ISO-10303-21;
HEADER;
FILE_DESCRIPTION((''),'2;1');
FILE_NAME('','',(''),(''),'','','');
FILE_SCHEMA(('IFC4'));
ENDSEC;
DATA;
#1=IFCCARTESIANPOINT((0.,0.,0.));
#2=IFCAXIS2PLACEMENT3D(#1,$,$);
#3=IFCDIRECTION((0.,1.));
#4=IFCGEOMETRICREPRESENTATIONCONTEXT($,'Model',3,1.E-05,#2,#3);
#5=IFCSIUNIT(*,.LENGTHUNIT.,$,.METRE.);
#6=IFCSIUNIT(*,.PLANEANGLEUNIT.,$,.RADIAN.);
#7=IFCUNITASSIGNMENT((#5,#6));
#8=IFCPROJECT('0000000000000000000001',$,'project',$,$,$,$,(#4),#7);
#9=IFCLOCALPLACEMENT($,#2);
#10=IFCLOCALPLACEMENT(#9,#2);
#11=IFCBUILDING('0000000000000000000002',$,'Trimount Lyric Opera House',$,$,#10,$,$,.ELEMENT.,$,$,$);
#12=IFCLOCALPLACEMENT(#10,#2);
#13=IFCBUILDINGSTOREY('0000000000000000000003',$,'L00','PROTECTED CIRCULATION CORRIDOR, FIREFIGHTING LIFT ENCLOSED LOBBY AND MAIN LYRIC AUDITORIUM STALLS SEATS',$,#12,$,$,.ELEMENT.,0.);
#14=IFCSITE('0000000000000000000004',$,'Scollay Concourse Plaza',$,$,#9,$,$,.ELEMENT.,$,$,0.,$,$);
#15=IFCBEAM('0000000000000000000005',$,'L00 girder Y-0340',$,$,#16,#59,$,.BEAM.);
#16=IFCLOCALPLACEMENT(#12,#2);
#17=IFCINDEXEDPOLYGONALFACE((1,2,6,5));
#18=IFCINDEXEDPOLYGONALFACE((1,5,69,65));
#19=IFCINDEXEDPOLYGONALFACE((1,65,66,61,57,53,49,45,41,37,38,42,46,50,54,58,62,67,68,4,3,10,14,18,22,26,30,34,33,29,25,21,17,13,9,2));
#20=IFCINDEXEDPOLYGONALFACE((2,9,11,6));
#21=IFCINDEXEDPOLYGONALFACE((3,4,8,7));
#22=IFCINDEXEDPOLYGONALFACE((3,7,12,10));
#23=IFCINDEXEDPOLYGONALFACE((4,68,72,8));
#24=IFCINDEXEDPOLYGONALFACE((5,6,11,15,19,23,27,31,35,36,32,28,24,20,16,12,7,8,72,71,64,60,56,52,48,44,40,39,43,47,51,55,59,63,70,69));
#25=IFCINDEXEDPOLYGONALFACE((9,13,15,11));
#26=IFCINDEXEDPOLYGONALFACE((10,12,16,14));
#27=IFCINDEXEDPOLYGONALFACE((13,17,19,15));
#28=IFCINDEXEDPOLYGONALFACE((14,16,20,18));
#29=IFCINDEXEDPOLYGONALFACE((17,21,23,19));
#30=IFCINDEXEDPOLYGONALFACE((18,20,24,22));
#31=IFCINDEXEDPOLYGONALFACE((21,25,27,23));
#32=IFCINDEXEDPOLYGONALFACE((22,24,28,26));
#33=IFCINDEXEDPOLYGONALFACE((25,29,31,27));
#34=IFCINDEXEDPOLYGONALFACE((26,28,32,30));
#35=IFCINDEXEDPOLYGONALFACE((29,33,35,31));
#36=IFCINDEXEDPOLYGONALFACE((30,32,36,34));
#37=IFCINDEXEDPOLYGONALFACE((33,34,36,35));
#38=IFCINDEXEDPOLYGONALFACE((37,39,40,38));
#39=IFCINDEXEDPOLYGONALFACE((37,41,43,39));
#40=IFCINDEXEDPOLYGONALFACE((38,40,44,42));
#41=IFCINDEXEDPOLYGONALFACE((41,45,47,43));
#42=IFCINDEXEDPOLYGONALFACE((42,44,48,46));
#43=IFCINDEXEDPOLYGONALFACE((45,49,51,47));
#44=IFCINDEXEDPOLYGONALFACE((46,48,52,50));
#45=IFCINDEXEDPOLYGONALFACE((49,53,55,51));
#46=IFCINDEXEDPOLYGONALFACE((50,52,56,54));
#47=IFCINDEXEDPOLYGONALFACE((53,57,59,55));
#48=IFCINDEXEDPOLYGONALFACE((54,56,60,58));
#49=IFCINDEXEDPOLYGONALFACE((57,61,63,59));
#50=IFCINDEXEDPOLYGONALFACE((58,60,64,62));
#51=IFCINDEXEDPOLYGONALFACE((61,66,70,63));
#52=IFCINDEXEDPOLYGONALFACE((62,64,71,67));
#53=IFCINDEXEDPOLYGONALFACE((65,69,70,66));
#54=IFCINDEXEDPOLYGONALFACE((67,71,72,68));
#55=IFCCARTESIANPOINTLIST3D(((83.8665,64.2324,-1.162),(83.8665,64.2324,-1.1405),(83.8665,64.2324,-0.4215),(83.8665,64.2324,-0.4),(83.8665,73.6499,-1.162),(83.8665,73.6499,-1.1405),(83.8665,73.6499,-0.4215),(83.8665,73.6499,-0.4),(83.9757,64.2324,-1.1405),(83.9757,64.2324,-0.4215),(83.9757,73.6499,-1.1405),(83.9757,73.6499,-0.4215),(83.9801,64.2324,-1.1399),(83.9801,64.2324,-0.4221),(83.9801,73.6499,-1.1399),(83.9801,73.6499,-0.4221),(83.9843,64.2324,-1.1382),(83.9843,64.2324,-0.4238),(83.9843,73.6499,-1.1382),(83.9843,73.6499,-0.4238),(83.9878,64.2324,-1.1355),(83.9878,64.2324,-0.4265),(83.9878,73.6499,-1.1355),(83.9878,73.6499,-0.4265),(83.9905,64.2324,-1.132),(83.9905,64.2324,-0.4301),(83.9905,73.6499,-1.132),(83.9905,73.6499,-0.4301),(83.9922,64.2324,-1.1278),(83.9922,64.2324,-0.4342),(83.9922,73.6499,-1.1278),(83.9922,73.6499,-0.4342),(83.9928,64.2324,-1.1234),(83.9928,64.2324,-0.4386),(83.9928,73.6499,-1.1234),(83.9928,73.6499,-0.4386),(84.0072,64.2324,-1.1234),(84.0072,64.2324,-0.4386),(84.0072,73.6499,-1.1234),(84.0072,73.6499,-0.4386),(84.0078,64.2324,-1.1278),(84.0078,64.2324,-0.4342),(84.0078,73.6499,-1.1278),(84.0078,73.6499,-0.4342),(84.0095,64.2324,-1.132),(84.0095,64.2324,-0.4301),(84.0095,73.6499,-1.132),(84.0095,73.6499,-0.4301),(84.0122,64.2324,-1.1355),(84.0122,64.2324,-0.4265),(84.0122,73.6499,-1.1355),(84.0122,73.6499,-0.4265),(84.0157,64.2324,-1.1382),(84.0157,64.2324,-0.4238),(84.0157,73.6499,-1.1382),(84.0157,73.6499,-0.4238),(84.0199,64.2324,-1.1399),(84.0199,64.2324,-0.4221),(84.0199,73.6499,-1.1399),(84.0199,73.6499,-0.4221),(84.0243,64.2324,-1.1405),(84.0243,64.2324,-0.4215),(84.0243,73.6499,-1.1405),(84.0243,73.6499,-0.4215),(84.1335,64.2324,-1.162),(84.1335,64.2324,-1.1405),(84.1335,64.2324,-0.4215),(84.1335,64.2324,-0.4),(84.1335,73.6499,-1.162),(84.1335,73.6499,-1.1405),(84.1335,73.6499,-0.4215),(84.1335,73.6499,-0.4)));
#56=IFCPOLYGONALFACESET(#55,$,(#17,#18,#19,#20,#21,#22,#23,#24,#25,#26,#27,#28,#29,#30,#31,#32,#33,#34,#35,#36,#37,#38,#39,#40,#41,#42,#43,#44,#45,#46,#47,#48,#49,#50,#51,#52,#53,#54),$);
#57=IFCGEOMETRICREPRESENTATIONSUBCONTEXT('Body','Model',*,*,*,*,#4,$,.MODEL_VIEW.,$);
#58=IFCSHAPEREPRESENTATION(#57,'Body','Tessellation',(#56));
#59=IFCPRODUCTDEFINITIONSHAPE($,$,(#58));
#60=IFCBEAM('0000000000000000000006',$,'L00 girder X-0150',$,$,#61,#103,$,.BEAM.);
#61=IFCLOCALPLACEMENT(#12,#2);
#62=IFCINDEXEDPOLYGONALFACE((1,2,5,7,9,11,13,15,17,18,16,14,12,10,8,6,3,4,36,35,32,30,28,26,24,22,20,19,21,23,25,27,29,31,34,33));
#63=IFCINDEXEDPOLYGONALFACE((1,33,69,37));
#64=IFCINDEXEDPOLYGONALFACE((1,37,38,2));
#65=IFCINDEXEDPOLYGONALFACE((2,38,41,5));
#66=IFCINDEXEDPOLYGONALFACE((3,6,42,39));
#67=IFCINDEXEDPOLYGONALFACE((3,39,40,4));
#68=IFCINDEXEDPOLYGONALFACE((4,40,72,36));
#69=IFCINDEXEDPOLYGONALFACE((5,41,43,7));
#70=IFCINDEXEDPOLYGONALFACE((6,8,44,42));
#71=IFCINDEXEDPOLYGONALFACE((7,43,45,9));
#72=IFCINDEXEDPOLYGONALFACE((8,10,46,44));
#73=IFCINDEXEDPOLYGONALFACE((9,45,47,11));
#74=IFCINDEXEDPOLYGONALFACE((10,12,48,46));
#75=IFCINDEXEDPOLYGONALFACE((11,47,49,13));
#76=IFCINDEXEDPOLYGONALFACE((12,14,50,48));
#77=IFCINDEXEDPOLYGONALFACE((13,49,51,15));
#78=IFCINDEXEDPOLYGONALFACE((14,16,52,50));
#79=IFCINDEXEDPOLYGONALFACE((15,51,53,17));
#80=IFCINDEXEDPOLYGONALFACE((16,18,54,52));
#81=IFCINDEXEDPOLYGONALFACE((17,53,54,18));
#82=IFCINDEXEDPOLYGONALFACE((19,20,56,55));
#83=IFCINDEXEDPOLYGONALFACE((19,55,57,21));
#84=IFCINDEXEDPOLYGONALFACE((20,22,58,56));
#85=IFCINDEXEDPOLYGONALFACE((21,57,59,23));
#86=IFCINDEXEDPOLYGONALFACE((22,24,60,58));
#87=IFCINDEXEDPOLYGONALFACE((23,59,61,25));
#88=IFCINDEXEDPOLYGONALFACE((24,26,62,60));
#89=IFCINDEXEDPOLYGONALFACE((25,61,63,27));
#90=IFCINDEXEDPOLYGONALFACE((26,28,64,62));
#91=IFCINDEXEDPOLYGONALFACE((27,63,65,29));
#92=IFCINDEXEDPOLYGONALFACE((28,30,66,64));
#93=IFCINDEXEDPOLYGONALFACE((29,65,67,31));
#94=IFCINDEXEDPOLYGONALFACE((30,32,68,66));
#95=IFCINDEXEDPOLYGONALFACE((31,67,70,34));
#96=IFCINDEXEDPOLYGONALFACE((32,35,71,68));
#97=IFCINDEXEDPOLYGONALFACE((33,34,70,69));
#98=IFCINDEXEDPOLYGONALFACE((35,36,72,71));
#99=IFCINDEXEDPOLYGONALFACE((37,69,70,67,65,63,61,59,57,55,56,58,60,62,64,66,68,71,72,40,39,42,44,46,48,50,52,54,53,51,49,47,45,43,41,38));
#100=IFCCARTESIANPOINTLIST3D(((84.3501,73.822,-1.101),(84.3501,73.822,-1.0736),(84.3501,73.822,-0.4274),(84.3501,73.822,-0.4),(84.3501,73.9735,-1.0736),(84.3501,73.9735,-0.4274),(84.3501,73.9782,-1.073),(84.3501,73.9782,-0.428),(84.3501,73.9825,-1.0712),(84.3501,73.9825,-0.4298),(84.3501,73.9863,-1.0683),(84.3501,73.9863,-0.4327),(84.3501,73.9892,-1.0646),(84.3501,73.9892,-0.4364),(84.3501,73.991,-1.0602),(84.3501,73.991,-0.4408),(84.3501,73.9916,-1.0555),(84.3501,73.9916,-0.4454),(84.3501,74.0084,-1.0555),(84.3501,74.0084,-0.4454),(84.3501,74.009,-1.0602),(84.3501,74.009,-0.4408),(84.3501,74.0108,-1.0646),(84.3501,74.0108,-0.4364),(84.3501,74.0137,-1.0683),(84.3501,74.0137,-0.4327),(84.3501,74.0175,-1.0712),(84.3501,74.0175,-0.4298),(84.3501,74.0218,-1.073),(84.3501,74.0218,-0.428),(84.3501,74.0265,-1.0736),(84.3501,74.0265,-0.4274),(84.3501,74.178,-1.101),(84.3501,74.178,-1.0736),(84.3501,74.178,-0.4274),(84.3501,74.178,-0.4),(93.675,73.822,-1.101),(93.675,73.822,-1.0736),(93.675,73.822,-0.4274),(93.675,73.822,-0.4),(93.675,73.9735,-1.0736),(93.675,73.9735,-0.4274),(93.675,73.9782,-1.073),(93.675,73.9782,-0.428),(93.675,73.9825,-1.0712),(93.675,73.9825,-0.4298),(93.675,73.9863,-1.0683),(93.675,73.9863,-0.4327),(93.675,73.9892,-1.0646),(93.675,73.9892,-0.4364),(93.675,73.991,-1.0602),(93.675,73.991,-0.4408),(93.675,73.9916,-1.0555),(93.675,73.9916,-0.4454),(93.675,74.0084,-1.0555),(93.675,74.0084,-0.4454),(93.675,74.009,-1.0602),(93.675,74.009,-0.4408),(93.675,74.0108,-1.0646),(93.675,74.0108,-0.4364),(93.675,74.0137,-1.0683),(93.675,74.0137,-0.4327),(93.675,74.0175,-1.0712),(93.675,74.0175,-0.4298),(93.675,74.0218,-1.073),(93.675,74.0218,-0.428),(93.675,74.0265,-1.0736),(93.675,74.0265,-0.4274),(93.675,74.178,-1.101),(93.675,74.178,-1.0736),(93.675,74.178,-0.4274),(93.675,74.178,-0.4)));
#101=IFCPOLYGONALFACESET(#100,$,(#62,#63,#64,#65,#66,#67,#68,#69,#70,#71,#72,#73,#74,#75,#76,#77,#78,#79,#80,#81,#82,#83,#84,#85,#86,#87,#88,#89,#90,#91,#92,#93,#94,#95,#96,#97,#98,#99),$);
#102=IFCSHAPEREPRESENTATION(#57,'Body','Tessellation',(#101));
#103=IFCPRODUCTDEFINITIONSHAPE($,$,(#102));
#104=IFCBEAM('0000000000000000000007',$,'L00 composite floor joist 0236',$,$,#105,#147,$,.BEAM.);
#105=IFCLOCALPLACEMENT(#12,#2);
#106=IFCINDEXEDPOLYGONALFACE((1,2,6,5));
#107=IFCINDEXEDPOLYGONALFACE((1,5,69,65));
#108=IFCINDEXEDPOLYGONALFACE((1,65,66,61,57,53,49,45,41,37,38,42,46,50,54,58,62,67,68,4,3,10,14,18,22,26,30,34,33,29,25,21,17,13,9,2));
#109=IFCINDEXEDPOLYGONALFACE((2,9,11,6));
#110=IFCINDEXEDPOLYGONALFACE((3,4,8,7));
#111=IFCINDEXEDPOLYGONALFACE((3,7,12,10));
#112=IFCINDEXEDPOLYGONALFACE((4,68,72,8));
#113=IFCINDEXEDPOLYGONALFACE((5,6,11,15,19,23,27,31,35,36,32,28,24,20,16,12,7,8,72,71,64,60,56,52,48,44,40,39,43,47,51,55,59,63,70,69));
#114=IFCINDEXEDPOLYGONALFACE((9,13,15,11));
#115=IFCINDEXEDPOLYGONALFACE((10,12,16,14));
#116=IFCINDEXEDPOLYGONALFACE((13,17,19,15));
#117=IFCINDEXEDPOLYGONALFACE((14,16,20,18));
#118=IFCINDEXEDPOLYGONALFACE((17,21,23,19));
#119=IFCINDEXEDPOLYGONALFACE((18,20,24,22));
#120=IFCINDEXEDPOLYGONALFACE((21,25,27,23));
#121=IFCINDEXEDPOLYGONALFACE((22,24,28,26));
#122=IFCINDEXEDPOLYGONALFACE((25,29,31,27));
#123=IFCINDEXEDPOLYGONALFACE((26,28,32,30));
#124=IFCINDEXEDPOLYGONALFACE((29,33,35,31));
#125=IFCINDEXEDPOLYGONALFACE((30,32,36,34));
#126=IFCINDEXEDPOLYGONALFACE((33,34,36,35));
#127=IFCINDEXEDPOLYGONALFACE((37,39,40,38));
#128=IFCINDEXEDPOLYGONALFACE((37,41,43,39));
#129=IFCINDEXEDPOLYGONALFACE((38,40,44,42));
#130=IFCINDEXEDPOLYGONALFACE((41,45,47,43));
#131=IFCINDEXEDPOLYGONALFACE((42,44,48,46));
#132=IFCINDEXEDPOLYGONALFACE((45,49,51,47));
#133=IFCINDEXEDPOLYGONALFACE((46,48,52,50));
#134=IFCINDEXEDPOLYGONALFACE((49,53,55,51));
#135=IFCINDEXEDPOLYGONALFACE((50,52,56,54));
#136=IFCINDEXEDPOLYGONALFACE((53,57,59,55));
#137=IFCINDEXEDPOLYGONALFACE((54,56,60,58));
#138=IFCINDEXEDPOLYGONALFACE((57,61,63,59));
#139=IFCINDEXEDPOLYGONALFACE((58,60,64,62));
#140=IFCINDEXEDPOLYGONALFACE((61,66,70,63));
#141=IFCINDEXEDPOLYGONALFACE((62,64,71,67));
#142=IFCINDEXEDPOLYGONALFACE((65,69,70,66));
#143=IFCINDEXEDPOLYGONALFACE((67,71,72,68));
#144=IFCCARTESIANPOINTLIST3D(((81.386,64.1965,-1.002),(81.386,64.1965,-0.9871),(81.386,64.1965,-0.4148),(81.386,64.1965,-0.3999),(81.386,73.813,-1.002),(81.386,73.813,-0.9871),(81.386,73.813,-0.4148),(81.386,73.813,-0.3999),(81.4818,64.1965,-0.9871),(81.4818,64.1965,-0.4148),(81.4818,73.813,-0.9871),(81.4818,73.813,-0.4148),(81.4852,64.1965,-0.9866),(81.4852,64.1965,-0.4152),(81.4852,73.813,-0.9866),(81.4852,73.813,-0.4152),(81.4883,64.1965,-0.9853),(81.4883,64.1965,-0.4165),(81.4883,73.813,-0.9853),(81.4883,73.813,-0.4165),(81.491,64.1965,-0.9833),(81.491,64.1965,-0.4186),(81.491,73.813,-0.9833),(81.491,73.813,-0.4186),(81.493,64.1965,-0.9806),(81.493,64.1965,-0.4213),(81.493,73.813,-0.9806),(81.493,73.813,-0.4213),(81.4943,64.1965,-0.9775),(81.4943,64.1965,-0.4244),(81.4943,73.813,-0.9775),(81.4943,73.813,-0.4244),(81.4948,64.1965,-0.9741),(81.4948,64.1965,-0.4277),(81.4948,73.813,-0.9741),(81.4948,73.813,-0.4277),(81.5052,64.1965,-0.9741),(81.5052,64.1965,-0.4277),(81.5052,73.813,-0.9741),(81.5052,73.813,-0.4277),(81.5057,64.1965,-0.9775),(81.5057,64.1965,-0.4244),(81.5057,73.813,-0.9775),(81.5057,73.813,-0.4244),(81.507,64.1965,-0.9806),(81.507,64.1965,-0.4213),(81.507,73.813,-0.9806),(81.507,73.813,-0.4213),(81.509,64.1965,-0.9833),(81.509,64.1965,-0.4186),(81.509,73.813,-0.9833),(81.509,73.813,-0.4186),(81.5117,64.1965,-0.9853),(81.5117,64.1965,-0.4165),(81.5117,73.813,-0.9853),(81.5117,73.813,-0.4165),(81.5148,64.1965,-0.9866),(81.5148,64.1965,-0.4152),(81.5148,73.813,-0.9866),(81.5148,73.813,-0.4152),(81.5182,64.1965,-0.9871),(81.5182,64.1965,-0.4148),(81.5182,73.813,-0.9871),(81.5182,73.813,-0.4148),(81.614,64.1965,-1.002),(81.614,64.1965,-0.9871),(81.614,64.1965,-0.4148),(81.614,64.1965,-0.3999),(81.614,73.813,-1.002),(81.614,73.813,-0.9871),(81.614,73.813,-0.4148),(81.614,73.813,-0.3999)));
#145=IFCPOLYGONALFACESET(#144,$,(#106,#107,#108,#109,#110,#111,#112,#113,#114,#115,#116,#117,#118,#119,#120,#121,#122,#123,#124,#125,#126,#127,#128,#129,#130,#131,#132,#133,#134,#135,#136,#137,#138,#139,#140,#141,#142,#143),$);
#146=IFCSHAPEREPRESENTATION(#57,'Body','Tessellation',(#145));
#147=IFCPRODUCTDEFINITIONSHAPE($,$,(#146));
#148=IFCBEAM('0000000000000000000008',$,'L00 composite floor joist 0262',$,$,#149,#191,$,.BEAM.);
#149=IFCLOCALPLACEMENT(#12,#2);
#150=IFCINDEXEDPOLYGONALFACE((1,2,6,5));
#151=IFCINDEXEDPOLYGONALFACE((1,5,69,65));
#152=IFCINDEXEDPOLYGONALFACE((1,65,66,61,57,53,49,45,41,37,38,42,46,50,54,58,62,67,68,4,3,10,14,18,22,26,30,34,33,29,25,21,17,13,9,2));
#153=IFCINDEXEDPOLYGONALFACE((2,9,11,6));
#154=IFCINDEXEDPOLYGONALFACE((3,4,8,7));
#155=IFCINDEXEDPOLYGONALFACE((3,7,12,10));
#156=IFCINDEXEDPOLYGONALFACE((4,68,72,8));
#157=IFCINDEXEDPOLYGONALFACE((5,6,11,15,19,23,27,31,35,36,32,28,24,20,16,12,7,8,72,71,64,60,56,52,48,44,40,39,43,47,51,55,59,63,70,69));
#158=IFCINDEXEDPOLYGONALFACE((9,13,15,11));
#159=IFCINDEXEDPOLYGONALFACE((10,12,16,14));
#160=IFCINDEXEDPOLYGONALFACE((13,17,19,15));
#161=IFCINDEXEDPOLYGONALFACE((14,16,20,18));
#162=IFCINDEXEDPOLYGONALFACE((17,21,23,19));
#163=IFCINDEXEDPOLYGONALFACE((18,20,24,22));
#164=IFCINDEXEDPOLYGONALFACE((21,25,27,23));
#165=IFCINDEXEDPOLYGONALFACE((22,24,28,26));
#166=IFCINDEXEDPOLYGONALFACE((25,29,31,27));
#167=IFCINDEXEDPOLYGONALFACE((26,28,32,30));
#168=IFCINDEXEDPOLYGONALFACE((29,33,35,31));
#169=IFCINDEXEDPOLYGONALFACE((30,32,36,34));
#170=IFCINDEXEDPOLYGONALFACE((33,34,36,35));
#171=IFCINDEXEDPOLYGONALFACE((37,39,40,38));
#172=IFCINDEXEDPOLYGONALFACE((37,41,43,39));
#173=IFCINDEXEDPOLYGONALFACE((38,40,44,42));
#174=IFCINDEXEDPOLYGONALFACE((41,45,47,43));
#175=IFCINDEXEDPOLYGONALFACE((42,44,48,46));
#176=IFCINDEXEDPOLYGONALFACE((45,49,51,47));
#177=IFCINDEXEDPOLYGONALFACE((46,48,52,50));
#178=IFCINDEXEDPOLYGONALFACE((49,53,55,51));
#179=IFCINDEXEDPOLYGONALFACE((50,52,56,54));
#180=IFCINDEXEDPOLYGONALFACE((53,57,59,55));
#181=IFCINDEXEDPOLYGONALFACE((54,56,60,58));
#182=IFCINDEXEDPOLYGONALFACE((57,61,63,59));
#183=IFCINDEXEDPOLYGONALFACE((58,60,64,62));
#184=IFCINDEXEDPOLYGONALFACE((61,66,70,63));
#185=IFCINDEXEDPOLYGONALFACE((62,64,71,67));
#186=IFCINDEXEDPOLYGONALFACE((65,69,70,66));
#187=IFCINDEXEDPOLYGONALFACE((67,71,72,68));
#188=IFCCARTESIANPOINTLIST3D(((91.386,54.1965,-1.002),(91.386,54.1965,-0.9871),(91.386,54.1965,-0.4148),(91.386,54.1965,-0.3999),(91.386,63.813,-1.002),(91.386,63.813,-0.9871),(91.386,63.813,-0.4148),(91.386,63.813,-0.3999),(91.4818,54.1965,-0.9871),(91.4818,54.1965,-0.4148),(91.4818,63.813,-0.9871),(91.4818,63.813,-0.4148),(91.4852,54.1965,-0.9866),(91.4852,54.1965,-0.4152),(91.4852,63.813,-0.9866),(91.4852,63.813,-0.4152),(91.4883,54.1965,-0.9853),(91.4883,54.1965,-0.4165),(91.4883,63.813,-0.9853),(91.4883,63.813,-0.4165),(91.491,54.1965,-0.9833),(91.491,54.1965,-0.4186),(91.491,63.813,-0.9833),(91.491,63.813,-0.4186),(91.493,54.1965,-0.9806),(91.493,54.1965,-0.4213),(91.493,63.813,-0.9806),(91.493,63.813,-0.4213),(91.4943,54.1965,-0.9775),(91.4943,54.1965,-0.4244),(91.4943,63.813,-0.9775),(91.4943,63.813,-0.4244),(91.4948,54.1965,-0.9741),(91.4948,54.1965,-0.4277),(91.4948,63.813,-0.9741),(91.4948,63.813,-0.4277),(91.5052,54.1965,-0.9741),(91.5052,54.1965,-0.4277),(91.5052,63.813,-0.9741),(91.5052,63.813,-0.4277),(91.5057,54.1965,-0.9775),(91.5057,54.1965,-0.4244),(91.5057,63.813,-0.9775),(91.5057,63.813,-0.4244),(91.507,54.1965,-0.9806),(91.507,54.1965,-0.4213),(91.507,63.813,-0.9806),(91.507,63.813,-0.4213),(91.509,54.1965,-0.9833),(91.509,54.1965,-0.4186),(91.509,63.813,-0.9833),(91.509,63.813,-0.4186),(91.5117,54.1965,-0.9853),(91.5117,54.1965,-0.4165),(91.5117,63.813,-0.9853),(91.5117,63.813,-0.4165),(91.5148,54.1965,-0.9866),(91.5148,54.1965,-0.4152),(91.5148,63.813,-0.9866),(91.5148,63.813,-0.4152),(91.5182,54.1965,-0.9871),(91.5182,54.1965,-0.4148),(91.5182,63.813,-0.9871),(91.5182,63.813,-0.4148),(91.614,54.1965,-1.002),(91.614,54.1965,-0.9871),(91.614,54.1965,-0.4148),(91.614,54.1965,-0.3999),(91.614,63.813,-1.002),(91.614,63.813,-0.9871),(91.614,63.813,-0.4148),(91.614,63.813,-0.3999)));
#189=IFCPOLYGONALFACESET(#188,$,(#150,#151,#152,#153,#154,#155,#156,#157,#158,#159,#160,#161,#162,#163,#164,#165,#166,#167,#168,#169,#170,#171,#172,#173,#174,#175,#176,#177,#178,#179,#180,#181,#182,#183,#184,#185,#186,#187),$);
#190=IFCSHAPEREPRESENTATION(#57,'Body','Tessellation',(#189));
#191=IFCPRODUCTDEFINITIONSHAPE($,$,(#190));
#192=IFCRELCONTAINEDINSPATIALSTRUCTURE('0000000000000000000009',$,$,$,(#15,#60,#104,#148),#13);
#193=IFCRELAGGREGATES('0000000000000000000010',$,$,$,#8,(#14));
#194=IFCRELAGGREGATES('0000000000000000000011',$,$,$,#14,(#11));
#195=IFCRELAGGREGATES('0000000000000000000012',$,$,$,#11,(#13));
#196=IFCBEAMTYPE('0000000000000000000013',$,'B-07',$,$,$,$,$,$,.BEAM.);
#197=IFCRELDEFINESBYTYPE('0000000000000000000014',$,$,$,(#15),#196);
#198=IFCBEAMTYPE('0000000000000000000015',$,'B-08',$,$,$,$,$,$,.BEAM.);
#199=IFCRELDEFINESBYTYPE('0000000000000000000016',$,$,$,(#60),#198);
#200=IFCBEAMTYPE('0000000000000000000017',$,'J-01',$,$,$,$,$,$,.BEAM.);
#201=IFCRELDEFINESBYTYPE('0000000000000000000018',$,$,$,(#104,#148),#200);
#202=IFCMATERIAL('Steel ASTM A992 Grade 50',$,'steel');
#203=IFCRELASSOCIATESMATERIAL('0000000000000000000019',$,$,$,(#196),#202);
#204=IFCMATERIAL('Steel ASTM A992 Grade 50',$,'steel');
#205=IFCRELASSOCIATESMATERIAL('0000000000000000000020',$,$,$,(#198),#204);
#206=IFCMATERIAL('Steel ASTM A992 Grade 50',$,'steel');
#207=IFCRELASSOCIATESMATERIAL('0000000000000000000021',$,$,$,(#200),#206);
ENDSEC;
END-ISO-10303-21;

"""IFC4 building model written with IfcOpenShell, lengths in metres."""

from ifc_helpers import new_model, si_unit, direction, frame, origin, origin_2d, place, context, subcontext, project, spatial, i_section, extrude, material, material_profile, profile_set, type_object, element, save


model = new_model("IFC4")

# Units and contexts
model_context = context("Model", 3, precision=1e-05, world=origin(), true_north=direction((0.0, 1.0)))
body_context = subcontext(model_context, "Body", "Model", "MODEL_VIEW")
ifc_project = project(units=[si_unit("LENGTHUNIT", "METRE"), si_unit("PLANEANGLEUNIT", "RADIAN")], contexts=[model_context])

# Site, building, storey
site_placement = place(None, origin())
site = spatial("IfcSite", under=ifc_project, at=site_placement, Name="Scollay Concourse Plaza", CompositionType="ELEMENT", RefElevation=0.0)
building_placement = place(site_placement, origin())
building = spatial("IfcBuilding", under=site, at=building_placement, Name="Trimount Lyric Opera House", CompositionType="ELEMENT")
storey_placement = place(building_placement, origin())
storey = spatial("IfcBuildingStorey", under=building, at=storey_placement, Name="L00", Description="PROTECTED CIRCULATION CORRIDOR, FIREFIGHTING LIFT ENCLOSED LOBBY AND MAIN LYRIC AUDITORIUM STALLS SEATS", CompositionType="ELEMENT", Elevation=0.0)

# Beams
ifc_material_1 = material(Name="Steel ASTM A992 Grade 50", Category="steel")
ifc_material_profile_1 = material_profile(ifc_material_1, i_section(OverallWidth=0.2671, OverallDepth=0.762, WebThickness=0.0144, FlangeThickness=0.0215, FilletRadius=0.0171, at=origin_2d()), Name="W30X116")
ifc_profile_set_1 = profile_set([ifc_material_profile_1], Name="Steel ASTM A992 Grade 50")
beam_type_1 = type_object("IfcBeamType", Name="B-07", PredefinedType="BEAM", material=ifc_profile_set_1)
beam_1_placement = place(storey_placement, frame((84.0, 64.2324, -0.781), z_axis=(0.0, 1.0, 0.0), x_axis=(-1.0, 0.0, 0.0)))
element("IfcBeam", 1, at=beam_1_placement, inside=storey, type_object=beam_type_1, Name="L00 girder Y-0340", PredefinedType="BEAM", context=body_context, shape_type="SweptSolid", body=[
    extrude(i_section(OverallWidth=0.2671, OverallDepth=0.762, WebThickness=0.0144, FlangeThickness=0.0215, FilletRadius=0.0171, at=origin_2d()), origin(), (0.0, 0.0, 1.0), 9.4175),
])
ifc_material_2 = material(Name="Steel ASTM A992 Grade 50", Category="steel")
ifc_material_profile_2 = material_profile(ifc_material_2, i_section(OverallWidth=0.356, OverallDepth=0.7009, WebThickness=0.0168, FlangeThickness=0.0273, FilletRadius=0.0181, at=origin_2d()), Name="W27X161")
ifc_profile_set_2 = profile_set([ifc_material_profile_2], Name="Steel ASTM A992 Grade 50")
beam_type_2 = type_object("IfcBeamType", Name="B-08", PredefinedType="BEAM", material=ifc_profile_set_2)
beam_2_placement = place(storey_placement, frame((84.3501, 74.0, -0.7505), z_axis=(1.0, 0.0, 0.0), x_axis=(0.0, 1.0, 0.0)))
element("IfcBeam", 2, at=beam_2_placement, inside=storey, type_object=beam_type_2, Name="L00 girder X-0150", PredefinedType="BEAM", context=body_context, shape_type="SweptSolid", body=[
    extrude(i_section(OverallWidth=0.356, OverallDepth=0.7009, WebThickness=0.0168, FlangeThickness=0.0273, FilletRadius=0.0181, at=origin_2d()), origin(), (0.0, 0.0, 1.0), 9.325),
])
ifc_material_3 = material(Name="Steel ASTM A992 Grade 50", Category="steel")
ifc_material_profile_3 = material_profile(ifc_material_3, i_section(OverallWidth=0.228, OverallDepth=0.6021, WebThickness=0.0105, FlangeThickness=0.0149, FilletRadius=0.0129, at=origin_2d()), Name="W24X68")
ifc_profile_set_3 = profile_set([ifc_material_profile_3], Name="Steel ASTM A992 Grade 50")
beam_type_3 = type_object("IfcBeamType", Name="J-01", PredefinedType="BEAM", material=ifc_profile_set_3)
for number, where, z_axis, x_axis, name in (
    (3, (81.5, 64.1965, -0.7009), (0.0, 1.0, 0.0), (-1.0, 0.0, 0.0), "L00 composite floor joist 0236"),
    (4, (91.5, 54.1965, -0.7009), (0.0, 1.0, 0.0), (-1.0, 0.0, 0.0), "L00 composite floor joist 0262"),
):
    element("IfcBeam", number, at=place(storey_placement, frame(where, z_axis=z_axis, x_axis=x_axis)), inside=storey, type_object=beam_type_3, Name=name, PredefinedType="BEAM", context=body_context, shape_type="SweptSolid", body=[
        extrude(i_section(OverallWidth=0.228, OverallDepth=0.6021, WebThickness=0.0105, FlangeThickness=0.0149, FilletRadius=0.0129, at=origin_2d()), origin(), (0.0, 0.0, 1.0), 9.6165),
    ])

save(model, "model.ifc")
